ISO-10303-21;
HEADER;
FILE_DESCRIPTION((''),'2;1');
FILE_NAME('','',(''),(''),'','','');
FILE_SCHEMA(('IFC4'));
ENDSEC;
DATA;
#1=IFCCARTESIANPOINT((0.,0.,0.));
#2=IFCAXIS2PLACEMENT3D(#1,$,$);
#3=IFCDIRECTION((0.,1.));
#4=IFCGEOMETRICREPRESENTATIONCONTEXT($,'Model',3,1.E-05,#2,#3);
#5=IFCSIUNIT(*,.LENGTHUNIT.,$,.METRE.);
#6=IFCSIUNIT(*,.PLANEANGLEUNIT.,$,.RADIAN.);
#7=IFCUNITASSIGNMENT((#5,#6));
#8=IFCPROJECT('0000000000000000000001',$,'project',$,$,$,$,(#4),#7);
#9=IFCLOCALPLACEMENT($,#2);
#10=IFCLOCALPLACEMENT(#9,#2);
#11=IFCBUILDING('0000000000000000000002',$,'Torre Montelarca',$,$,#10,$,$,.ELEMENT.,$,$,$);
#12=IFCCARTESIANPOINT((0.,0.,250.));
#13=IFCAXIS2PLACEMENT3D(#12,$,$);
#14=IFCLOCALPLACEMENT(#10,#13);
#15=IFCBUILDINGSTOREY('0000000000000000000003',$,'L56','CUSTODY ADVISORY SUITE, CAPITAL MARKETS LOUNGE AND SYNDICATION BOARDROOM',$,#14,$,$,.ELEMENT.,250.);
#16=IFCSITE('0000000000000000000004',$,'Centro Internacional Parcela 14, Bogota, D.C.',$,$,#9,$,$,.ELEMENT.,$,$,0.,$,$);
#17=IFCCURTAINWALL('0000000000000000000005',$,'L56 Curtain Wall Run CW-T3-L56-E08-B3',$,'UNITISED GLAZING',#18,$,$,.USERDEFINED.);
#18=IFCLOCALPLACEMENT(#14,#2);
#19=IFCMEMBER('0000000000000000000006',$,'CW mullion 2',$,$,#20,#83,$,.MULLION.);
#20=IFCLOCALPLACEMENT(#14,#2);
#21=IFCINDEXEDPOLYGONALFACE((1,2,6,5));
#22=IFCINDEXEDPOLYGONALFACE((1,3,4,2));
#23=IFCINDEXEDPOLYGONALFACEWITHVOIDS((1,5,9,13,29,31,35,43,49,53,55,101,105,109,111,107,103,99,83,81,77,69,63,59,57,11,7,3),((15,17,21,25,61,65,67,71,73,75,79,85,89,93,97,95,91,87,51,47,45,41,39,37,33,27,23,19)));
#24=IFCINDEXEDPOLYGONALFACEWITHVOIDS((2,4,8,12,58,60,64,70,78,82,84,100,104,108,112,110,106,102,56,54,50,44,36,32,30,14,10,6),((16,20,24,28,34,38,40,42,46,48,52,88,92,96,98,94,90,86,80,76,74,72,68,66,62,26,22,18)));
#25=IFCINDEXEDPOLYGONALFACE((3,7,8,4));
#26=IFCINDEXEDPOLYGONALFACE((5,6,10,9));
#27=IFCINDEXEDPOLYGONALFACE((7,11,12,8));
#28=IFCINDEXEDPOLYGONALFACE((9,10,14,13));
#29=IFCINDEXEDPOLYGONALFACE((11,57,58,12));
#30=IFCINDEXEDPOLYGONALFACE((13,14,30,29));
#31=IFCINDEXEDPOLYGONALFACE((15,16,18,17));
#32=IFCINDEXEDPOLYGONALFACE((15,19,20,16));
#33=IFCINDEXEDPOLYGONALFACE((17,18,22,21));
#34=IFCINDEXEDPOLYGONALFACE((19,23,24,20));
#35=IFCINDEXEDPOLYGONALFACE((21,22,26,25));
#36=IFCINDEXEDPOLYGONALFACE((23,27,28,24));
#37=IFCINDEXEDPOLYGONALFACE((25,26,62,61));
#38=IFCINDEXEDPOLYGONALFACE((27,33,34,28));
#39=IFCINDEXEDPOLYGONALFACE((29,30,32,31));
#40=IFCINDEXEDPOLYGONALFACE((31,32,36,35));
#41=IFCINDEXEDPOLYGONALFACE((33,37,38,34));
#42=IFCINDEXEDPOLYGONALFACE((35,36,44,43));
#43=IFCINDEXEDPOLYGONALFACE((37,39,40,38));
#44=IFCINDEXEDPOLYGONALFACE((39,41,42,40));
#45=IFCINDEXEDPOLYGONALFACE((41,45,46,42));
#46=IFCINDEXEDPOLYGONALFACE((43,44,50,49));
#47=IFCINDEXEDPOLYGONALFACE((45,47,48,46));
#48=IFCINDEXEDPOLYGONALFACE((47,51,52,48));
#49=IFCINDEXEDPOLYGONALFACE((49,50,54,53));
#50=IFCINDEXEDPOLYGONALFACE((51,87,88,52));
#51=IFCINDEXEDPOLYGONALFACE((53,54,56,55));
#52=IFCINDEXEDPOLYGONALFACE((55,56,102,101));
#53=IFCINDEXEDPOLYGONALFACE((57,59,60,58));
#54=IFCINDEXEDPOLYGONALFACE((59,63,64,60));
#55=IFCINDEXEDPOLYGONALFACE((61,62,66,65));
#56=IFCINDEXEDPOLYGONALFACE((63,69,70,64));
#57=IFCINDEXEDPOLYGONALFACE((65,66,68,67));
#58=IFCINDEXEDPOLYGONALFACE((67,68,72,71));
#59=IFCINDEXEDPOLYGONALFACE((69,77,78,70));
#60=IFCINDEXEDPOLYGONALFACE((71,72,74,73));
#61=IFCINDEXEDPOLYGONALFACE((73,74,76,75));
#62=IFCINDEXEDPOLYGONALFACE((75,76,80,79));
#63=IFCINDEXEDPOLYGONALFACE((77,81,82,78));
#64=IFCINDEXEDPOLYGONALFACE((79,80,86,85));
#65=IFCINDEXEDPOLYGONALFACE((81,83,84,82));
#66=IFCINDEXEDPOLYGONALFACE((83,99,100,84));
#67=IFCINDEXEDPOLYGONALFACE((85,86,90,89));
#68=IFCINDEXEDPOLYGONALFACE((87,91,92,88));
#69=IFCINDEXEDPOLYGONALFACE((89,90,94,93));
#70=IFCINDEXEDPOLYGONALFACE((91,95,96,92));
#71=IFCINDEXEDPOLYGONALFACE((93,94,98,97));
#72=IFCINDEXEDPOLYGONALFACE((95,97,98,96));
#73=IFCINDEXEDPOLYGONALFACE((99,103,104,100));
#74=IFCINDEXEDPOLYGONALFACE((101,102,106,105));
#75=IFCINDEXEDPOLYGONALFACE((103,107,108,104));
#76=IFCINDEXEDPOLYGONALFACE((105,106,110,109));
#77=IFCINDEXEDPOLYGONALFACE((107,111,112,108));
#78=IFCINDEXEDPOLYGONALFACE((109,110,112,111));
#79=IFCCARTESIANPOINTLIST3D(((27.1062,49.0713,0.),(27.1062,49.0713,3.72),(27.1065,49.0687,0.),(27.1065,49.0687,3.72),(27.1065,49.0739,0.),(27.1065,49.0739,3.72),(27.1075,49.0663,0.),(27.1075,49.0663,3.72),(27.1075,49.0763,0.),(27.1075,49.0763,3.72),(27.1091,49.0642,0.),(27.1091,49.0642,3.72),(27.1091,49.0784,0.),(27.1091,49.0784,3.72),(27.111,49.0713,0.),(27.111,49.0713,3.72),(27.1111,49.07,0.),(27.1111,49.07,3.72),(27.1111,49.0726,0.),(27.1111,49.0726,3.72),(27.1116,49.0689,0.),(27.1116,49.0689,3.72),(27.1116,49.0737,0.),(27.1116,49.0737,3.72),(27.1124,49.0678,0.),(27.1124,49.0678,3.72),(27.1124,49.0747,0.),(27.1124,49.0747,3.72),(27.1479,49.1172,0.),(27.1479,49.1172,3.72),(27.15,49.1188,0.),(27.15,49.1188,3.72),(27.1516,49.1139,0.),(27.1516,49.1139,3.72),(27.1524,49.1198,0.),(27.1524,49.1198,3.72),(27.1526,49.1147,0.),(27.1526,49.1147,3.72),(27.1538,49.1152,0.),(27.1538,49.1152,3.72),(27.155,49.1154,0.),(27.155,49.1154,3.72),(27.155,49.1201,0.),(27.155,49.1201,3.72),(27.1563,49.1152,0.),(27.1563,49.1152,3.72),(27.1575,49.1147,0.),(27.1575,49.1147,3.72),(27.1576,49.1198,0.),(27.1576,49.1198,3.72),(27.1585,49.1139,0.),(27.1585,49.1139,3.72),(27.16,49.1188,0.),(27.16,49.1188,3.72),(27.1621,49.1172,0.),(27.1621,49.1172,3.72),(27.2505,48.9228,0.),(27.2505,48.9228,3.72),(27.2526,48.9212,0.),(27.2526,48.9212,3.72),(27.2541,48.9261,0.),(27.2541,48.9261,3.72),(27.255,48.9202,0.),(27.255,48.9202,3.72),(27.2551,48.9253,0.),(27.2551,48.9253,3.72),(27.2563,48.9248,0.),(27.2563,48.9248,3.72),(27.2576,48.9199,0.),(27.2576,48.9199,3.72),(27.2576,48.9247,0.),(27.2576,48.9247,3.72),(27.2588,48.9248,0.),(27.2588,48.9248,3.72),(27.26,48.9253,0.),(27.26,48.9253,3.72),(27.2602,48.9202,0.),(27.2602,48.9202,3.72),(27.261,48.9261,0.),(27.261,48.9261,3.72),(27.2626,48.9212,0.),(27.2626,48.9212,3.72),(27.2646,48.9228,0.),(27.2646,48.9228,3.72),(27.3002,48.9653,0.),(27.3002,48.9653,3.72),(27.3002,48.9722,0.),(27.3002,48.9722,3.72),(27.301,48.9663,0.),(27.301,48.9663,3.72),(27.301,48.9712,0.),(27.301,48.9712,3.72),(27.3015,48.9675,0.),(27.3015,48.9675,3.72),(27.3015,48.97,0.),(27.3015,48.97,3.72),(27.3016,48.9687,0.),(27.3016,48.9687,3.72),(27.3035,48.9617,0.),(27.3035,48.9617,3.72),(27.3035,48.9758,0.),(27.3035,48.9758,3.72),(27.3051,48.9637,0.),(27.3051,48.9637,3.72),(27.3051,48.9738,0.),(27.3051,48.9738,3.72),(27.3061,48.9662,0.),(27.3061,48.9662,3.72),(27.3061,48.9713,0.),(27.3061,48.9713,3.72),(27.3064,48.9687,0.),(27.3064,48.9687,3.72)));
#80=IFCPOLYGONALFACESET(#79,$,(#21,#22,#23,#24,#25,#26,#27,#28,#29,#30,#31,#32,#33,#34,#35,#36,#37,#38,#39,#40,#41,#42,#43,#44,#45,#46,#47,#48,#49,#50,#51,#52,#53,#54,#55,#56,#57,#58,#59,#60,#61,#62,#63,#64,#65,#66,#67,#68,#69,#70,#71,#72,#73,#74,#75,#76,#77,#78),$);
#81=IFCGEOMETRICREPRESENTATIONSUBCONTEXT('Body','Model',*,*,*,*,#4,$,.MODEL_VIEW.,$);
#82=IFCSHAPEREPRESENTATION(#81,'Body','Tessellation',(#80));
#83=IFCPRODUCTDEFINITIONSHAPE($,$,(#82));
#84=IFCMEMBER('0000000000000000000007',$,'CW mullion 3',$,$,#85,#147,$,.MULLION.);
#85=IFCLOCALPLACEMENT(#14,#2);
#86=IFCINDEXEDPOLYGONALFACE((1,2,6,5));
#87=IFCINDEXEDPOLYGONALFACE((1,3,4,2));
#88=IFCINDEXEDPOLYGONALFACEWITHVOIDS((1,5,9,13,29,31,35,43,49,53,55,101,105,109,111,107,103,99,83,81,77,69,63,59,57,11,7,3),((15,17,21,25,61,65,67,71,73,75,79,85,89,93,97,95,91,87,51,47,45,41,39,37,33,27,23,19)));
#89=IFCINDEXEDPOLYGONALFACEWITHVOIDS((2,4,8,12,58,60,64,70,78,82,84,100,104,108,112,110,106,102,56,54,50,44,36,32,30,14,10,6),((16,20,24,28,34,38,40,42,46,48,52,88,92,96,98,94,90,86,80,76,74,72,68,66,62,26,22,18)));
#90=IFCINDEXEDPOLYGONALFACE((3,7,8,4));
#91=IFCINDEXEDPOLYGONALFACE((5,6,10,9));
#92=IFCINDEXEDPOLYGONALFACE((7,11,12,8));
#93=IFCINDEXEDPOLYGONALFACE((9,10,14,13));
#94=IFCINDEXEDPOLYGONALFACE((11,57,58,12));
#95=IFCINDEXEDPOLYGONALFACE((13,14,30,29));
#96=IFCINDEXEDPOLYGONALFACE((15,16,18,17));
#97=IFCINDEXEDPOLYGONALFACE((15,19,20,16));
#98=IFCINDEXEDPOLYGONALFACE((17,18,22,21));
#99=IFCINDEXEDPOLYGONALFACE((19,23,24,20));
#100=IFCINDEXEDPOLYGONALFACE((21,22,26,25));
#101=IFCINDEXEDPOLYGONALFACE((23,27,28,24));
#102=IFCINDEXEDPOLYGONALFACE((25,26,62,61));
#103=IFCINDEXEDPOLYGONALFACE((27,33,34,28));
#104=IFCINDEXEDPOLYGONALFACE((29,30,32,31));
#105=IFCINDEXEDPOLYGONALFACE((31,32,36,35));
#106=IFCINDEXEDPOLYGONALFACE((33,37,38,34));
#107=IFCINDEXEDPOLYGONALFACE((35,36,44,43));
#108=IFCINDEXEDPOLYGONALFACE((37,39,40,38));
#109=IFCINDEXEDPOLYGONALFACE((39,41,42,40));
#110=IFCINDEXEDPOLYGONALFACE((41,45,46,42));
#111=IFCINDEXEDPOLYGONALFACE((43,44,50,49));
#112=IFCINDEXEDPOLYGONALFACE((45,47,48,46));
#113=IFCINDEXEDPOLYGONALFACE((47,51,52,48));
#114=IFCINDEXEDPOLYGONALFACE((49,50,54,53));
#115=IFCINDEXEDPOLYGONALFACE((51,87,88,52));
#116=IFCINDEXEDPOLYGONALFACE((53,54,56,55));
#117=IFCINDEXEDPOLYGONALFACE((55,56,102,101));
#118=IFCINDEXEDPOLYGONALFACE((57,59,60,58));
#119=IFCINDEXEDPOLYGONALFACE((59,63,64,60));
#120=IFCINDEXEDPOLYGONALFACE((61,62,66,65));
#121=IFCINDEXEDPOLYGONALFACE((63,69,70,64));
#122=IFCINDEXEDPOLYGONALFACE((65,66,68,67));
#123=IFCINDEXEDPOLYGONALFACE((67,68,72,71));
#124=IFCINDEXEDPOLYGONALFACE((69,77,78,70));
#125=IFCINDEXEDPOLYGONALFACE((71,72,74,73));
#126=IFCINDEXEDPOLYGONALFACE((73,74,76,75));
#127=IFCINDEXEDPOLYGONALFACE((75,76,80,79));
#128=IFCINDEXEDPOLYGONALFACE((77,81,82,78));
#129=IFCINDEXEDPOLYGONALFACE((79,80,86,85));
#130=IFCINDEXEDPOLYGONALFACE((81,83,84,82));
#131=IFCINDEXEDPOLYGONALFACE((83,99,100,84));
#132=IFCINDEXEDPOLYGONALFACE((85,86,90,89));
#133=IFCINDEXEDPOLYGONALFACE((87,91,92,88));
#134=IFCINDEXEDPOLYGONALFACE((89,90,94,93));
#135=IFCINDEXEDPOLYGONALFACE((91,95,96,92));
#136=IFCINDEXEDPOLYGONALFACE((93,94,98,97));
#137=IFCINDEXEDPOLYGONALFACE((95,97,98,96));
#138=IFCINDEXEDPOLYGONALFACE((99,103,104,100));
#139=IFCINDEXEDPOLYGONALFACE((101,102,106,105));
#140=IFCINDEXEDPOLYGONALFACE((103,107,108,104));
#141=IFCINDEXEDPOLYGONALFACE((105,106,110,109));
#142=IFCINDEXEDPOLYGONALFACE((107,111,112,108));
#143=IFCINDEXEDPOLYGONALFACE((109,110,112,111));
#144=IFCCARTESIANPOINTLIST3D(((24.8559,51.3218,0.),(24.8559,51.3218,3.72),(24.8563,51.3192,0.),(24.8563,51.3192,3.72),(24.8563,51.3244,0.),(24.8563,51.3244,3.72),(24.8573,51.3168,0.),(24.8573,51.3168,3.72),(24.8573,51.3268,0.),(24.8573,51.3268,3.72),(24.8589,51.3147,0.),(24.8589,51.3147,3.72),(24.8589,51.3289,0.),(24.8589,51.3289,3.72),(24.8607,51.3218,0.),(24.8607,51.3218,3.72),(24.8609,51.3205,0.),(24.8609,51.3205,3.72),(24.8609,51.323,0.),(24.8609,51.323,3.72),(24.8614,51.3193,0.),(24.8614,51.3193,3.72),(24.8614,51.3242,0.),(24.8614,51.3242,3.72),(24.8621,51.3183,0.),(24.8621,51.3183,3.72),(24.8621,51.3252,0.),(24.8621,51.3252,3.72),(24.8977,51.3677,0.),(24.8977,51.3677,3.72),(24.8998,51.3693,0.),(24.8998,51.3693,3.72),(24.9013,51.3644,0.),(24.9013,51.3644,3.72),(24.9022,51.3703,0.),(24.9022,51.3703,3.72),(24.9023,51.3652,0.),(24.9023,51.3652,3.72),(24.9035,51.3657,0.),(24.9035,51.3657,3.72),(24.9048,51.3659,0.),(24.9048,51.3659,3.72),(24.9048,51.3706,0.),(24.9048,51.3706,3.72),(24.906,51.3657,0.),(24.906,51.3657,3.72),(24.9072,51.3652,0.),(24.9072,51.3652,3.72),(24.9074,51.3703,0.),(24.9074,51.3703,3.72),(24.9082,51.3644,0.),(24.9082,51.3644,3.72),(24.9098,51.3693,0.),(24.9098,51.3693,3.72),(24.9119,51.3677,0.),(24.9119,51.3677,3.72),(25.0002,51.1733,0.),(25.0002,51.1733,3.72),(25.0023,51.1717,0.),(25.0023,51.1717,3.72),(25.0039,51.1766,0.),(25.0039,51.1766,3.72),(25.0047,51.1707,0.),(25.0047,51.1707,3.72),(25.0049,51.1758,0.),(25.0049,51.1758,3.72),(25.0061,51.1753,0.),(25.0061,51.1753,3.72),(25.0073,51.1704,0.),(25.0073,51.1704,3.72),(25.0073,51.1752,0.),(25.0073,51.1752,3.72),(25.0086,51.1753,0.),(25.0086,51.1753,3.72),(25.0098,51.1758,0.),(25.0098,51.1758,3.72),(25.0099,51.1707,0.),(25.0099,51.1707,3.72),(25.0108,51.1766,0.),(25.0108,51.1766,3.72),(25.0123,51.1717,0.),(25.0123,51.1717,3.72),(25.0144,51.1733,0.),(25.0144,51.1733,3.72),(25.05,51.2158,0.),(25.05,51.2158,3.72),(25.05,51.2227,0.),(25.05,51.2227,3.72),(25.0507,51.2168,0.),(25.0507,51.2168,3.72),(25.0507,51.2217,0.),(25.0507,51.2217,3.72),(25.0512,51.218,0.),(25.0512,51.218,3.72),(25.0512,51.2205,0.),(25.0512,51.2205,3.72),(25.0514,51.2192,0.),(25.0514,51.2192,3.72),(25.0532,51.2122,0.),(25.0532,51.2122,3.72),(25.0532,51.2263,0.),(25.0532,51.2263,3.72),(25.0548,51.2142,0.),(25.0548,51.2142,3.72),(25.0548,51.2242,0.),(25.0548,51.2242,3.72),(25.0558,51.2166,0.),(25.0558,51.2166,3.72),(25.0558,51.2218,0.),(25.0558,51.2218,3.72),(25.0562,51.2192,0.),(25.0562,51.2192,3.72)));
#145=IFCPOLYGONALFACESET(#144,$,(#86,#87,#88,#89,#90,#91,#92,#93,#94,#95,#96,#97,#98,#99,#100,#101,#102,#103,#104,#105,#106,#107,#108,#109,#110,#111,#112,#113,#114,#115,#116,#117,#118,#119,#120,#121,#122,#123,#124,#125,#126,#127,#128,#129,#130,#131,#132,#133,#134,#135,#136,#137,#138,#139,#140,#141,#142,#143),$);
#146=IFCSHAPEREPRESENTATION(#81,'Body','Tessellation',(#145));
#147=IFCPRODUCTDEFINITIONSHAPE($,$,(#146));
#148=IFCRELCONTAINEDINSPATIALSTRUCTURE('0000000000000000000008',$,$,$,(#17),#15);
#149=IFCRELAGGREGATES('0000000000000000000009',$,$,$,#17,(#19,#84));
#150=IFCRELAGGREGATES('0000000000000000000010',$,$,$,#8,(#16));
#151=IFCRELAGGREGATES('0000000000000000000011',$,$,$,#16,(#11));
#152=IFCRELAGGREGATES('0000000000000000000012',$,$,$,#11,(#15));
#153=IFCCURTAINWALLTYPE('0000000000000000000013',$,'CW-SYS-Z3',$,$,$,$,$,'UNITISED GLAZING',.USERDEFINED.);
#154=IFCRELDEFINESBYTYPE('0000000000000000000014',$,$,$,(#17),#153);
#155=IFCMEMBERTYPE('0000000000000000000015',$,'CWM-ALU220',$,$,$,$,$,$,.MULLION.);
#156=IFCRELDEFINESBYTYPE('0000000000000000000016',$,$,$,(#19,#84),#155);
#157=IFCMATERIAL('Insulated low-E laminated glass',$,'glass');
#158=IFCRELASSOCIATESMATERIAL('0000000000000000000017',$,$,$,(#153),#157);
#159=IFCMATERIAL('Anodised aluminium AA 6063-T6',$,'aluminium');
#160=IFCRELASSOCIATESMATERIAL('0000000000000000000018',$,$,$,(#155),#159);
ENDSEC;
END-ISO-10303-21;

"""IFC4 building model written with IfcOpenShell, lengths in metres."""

from ifc_helpers import new_model, si_unit, direction, frame, origin, origin_2d, place, context, subcontext, project, spatial, hollow_rectangle, extrude, source, transform, mapped, material, material_profile, profile_set, type_object, element, aggregate, save


model = new_model("IFC4")

# Units and contexts
model_context = context("Model", 3, precision=1e-05, world=origin(), true_north=direction((0.0, 1.0)))
body_context = subcontext(model_context, "Body", "Model", "MODEL_VIEW")
ifc_project = project(units=[si_unit("LENGTHUNIT", "METRE"), si_unit("PLANEANGLEUNIT", "RADIAN")], contexts=[model_context])

# Site, building, storey
site_placement = place(None, origin())
site = spatial("IfcSite", under=ifc_project, at=site_placement, Name="Centro Internacional Parcela 14, Bogota, D.C.", CompositionType="ELEMENT", RefElevation=0.0)
building_placement = place(site_placement, origin())
building = spatial("IfcBuilding", under=site, at=building_placement, Name="Torre Montelarca", CompositionType="ELEMENT")
storey_placement = place(building_placement, frame((0.0, 0.0, 250.0)))
storey = spatial("IfcBuildingStorey", under=building, at=storey_placement, Name="L56", Description="CUSTODY ADVISORY SUITE, CAPITAL MARKETS LOUNGE AND SYNDICATION BOARDROOM", CompositionType="ELEMENT", Elevation=250.0)

# Curtain wall, members
ifc_material_1 = material(Name="Insulated low-E laminated glass", Category="glass")
curtain_wall_type = type_object("IfcCurtainWallType", Name="CW-SYS-Z3", ElementType="UNITISED GLAZING", PredefinedType="USERDEFINED", material=ifc_material_1)
ifc_material_2 = material(Name="Anodised aluminium AA 6063-T6", Category="aluminium")
ifc_material_profile_1 = material_profile(ifc_material_2, hollow_rectangle(XDim=0.075, YDim=0.22, WallThickness=0.0049, InnerFilletRadius=0.0049, OuterFilletRadius=0.01, at=origin_2d()), Name="ALU75X220X5", Category="aluminium")
ifc_profile_set_1 = profile_set([ifc_material_profile_1], Name="Anodised aluminium AA 6063-T6")
member_type_1 = type_object("IfcMemberType", Name="CWM-ALU220", PredefinedType="MULLION", material=ifc_profile_set_1)
shared_shape_1 = source(origin(), body_context, "Body", "SweptSolid", [
    extrude(hollow_rectangle(XDim=0.075, YDim=0.22, WallThickness=0.0049, InnerFilletRadius=0.0049, OuterFilletRadius=0.01, at=origin_2d()), origin(), (0.0, 0.0, 1.0), 3.72),
])
curtain_wall_1_placement = place(storey_placement, origin())
curtain_wall_1 = element("IfcCurtainWall", 1, at=curtain_wall_1_placement, inside=storey, type_object=curtain_wall_type, Name="L56 Curtain Wall Run CW-T3-L56-E08-B3", ObjectType="UNITISED GLAZING", PredefinedType="USERDEFINED")
member_1_placement = place(storey_placement, frame((27.2063, 49.02, 0.0), z_axis=(0.0, 0.0, 1.0), x_axis=(-0.707107, -0.707107, 0.0)))
member_1 = element("IfcMember", 2, at=member_1_placement, type_object=member_type_1, Name="CW mullion 2", PredefinedType="MULLION", context=body_context, shape_type="MappedRepresentation", body=[
    mapped(shared_shape_1, transform((0.0, 0.0, 0.0), scale=1.0)),
])
member_2_placement = place(storey_placement, frame((24.9561, 51.2705, 0.0), z_axis=(0.0, 0.0, 1.0), x_axis=(-0.707107, -0.707107, 0.0)))
member_2 = element("IfcMember", 3, at=member_2_placement, type_object=member_type_1, Name="CW mullion 3", PredefinedType="MULLION", context=body_context, shape_type="MappedRepresentation", body=[
    mapped(shared_shape_1, transform((0.0, 0.0, 0.0), scale=1.0)),
])

aggregate(curtain_wall_1, [member_1, member_2])

save(model, "model.ifc")
